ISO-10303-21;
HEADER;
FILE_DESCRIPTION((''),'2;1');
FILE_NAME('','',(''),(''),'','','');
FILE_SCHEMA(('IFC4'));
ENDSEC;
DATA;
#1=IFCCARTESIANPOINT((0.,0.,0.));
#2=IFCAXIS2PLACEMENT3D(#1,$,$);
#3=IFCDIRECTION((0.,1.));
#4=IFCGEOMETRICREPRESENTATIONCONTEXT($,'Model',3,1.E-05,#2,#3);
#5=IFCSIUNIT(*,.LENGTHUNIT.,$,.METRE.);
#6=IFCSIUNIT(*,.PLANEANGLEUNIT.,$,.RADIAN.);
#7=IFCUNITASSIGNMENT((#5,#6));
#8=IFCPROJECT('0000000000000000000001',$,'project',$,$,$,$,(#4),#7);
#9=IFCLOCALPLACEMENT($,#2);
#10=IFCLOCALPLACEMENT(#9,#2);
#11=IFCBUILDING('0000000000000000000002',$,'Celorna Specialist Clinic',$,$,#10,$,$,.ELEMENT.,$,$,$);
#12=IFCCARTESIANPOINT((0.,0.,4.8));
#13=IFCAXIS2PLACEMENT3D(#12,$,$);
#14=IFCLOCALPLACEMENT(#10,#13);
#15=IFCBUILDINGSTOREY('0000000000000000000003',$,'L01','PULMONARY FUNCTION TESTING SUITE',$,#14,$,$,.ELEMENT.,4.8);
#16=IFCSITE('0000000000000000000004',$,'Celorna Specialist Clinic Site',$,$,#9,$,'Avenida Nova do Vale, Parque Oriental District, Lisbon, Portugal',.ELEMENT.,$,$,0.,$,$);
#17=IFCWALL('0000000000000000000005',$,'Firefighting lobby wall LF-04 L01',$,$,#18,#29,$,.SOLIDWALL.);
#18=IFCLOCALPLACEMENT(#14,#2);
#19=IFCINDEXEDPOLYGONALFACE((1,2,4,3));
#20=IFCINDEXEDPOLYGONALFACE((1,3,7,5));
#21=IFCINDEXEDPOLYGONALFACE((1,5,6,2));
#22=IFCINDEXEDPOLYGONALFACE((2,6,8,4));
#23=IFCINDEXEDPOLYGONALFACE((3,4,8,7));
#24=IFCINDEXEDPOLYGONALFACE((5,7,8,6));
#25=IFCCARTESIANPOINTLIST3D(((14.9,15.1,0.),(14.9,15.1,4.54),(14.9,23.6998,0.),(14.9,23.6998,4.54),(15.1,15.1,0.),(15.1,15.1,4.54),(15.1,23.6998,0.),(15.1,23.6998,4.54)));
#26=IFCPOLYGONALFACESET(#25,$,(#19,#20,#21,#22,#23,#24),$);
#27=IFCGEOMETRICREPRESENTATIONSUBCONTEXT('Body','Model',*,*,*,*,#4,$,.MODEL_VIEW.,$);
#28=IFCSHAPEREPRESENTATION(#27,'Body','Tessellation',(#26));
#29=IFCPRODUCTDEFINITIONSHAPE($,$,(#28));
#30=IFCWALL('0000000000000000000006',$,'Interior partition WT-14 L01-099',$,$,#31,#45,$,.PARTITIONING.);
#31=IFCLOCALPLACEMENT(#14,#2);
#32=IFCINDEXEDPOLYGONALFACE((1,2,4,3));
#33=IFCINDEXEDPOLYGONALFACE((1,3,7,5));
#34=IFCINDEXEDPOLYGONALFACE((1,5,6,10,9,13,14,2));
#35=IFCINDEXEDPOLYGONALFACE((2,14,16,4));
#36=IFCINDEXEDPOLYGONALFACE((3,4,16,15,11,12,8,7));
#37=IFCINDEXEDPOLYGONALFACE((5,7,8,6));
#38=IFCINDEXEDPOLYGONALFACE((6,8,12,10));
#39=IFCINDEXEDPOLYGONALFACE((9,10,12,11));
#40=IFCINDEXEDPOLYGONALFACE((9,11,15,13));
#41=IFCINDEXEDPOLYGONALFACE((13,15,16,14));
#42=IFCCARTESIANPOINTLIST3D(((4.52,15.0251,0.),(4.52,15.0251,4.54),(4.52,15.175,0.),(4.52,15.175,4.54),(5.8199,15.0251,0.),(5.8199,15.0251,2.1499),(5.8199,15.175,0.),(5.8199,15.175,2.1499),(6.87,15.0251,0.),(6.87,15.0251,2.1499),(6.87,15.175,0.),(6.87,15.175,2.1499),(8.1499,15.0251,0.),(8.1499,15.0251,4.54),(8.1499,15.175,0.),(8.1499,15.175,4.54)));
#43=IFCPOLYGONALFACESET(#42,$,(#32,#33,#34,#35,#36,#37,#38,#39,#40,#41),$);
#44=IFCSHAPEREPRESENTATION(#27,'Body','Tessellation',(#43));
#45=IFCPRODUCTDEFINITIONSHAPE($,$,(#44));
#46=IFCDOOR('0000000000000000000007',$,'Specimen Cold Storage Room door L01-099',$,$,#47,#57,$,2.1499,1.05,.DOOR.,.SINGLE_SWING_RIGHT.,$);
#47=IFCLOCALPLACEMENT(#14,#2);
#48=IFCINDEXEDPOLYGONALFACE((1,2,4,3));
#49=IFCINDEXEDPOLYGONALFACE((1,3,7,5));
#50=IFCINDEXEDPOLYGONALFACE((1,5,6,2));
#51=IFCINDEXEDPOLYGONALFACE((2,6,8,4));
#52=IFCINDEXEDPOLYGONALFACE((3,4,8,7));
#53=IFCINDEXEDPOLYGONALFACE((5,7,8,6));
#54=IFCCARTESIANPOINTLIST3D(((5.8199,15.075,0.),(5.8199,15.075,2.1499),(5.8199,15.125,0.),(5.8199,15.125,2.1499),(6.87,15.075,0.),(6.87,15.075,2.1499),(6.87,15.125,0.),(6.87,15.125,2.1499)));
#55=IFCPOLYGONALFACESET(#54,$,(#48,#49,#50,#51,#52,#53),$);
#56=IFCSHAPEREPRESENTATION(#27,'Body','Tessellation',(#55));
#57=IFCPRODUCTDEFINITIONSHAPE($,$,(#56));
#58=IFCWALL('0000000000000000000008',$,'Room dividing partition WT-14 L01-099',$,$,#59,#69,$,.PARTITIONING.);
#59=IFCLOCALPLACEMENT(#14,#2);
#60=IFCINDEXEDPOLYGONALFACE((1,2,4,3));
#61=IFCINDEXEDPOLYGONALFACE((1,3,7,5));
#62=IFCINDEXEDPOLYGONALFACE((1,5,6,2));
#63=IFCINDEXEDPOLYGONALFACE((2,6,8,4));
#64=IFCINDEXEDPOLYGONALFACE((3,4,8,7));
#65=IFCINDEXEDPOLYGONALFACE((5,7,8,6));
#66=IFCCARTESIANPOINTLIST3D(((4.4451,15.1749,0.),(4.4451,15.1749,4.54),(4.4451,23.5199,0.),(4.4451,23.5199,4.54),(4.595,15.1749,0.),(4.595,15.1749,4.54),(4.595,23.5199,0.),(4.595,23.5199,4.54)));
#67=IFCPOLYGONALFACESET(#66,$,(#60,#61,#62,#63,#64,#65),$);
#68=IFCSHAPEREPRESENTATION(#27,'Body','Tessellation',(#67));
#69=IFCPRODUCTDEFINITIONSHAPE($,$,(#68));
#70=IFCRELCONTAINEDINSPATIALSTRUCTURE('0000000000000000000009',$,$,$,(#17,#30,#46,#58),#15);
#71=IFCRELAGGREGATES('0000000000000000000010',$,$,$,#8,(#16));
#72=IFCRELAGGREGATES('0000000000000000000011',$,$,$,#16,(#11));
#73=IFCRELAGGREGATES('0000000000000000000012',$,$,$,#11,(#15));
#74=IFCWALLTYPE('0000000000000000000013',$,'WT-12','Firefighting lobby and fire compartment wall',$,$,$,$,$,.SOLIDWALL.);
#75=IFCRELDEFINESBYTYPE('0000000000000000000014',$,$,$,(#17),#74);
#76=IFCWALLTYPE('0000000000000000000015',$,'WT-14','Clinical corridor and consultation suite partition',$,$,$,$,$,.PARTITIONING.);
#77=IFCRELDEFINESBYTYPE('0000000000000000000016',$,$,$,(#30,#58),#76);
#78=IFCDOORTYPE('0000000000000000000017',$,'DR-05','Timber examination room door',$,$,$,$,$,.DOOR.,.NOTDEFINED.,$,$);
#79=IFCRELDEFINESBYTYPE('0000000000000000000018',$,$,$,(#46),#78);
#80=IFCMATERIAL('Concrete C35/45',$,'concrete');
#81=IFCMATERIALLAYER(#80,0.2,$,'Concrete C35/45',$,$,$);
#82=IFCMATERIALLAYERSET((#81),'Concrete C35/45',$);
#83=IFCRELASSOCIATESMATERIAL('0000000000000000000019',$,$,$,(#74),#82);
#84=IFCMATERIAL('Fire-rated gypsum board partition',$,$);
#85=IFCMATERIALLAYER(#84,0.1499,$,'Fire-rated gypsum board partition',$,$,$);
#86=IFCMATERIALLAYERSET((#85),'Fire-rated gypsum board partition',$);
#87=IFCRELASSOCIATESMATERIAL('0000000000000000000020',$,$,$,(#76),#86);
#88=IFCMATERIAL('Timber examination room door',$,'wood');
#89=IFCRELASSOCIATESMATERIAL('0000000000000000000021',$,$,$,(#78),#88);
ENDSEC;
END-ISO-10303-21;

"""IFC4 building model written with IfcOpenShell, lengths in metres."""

from ifc_helpers import new_model, si_unit, direction, frame, frame_2d, origin, place, context, subcontext, project, spatial, rectangle, extrude, material, layer, layer_set, type_object, element, fill, save


model = new_model("IFC4")

# Units and contexts
model_context = context("Model", 3, precision=1e-05, world=origin(), true_north=direction((0.0, 1.0)))
body_context = subcontext(model_context, "Body", "Model", "MODEL_VIEW")
ifc_project = project(units=[si_unit("LENGTHUNIT", "METRE"), si_unit("PLANEANGLEUNIT", "RADIAN")], contexts=[model_context])

# Site, building, storey
site_placement = place(None, origin())
site = spatial("IfcSite", under=ifc_project, at=site_placement, Name="Celorna Specialist Clinic Site", LongName="Avenida Nova do Vale, Parque Oriental District, Lisbon, Portugal", CompositionType="ELEMENT", RefElevation=0.0)
building_placement = place(site_placement, origin())
building = spatial("IfcBuilding", under=site, at=building_placement, Name="Celorna Specialist Clinic", CompositionType="ELEMENT")
storey_placement = place(building_placement, frame((0.0, 0.0, 4.8)))
storey = spatial("IfcBuildingStorey", under=building, at=storey_placement, Name="L01", Description="PULMONARY FUNCTION TESTING SUITE", CompositionType="ELEMENT", Elevation=4.8)

# Shared definitions
ifc_material_1 = material(Name="Concrete C35/45", Category="concrete")
ifc_layer_1 = layer(ifc_material_1, 0.2, Name="Concrete C35/45")
ifc_layer_set_1 = layer_set([ifc_layer_1], Name="Concrete C35/45")
wall_type_1 = type_object("IfcWallType", Name="WT-12", Description="Firefighting lobby and fire compartment wall", PredefinedType="SOLIDWALL", material=ifc_layer_set_1)

# Wall
wall_1_placement = place(storey_placement, frame((15.0, 15.1001, 0.0), z_axis=(0.0, 0.0, 1.0), x_axis=(0.0, 1.0, 0.0)))
element("IfcWall", 1, at=wall_1_placement, inside=storey, type_object=wall_type_1, Name="Firefighting lobby wall LF-04 L01", PredefinedType="SOLIDWALL", context=body_context, shape_type="SweptSolid", body=[
    extrude(rectangle(XDim=8.5999, YDim=0.2, at=frame_2d((4.2998, 0.0))), origin(), (0.0, 0.0, 1.0), 4.54),
])

# Wall, opening, door
ifc_material_2 = material(Name="Fire-rated gypsum board partition")
ifc_layer_2 = layer(ifc_material_2, 0.1499, Name="Fire-rated gypsum board partition")
ifc_layer_set_2 = layer_set([ifc_layer_2], Name="Fire-rated gypsum board partition")
wall_type_2 = type_object("IfcWallType", Name="WT-14", Description="Clinical corridor and consultation suite partition", PredefinedType="PARTITIONING", material=ifc_layer_set_2)
wall_2_placement = place(storey_placement, frame((4.52, 15.1001, 0.0), z_axis=(0.0, 0.0, 1.0), x_axis=(1.0, 0.0, 0.0)))
wall_2 = element("IfcWall", 2, at=wall_2_placement, inside=storey, type_object=wall_type_2, Name="Interior partition WT-14 L01-099", PredefinedType="PARTITIONING", context=body_context, shape_type="SweptSolid", body=[
    extrude(rectangle(XDim=3.6299, YDim=0.1499, at=frame_2d((1.8149, 0.0))), origin(), (0.0, 0.0, 1.0), 4.54),
])
opening_1_placement = place(wall_2_placement, frame((1.3, 0.0, 0.0)))
opening_1 = element("IfcOpeningElement", 3, at=opening_1_placement, cuts=wall_2, PredefinedType="OPENING", context=body_context, shape_type="SweptSolid", body=[
    extrude(rectangle(XDim=1.05, YDim=2.1499, at=frame_2d((0.5249, 1.075))), frame((0.0, 0.085, 0.0), z_axis=(0.0, -1.0, 0.0), x_axis=(1.0, 0.0, 0.0)), (0.0, 0.0, 1.0), 0.1699),
])
ifc_material_3 = material(Name="Timber examination room door", Category="wood")
door_type_1 = type_object("IfcDoorType", Name="DR-05", Description="Timber examination room door", OperationType="NOTDEFINED", PredefinedType="DOOR", material=ifc_material_3)
door_1_placement = place(opening_1_placement, origin())
door_1 = element("IfcDoor", 4, at=door_1_placement, inside=storey, type_object=door_type_1, Name="Specimen Cold Storage Room door L01-099", OperationType="SINGLE_SWING_RIGHT", OverallHeight=2.1499, OverallWidth=1.05, PredefinedType="DOOR", context=body_context, shape_type="SweptSolid", body=[
    extrude(rectangle(XDim=1.05, YDim=2.1499, at=frame_2d((0.5249, 1.075))), frame((0.0, 0.0249, 0.0), z_axis=(0.0, -1.0, 0.0), x_axis=(1.0, 0.0, 0.0)), (0.0, 0.0, 1.0), 0.05),
])
fill(opening_1, door_1)

# Wall
wall_3_placement = place(storey_placement, frame((4.52, 15.175, 0.0), z_axis=(0.0, 0.0, 1.0), x_axis=(0.0, 1.0, 0.0)))
element("IfcWall", 5, at=wall_3_placement, inside=storey, type_object=wall_type_2, Name="Room dividing partition WT-14 L01-099", PredefinedType="PARTITIONING", context=body_context, shape_type="SweptSolid", body=[
    extrude(rectangle(XDim=8.345, YDim=0.1499, at=frame_2d((4.1724, 0.0))), origin(), (0.0, 0.0, 1.0), 4.54),
])

save(model, "model.ifc")
